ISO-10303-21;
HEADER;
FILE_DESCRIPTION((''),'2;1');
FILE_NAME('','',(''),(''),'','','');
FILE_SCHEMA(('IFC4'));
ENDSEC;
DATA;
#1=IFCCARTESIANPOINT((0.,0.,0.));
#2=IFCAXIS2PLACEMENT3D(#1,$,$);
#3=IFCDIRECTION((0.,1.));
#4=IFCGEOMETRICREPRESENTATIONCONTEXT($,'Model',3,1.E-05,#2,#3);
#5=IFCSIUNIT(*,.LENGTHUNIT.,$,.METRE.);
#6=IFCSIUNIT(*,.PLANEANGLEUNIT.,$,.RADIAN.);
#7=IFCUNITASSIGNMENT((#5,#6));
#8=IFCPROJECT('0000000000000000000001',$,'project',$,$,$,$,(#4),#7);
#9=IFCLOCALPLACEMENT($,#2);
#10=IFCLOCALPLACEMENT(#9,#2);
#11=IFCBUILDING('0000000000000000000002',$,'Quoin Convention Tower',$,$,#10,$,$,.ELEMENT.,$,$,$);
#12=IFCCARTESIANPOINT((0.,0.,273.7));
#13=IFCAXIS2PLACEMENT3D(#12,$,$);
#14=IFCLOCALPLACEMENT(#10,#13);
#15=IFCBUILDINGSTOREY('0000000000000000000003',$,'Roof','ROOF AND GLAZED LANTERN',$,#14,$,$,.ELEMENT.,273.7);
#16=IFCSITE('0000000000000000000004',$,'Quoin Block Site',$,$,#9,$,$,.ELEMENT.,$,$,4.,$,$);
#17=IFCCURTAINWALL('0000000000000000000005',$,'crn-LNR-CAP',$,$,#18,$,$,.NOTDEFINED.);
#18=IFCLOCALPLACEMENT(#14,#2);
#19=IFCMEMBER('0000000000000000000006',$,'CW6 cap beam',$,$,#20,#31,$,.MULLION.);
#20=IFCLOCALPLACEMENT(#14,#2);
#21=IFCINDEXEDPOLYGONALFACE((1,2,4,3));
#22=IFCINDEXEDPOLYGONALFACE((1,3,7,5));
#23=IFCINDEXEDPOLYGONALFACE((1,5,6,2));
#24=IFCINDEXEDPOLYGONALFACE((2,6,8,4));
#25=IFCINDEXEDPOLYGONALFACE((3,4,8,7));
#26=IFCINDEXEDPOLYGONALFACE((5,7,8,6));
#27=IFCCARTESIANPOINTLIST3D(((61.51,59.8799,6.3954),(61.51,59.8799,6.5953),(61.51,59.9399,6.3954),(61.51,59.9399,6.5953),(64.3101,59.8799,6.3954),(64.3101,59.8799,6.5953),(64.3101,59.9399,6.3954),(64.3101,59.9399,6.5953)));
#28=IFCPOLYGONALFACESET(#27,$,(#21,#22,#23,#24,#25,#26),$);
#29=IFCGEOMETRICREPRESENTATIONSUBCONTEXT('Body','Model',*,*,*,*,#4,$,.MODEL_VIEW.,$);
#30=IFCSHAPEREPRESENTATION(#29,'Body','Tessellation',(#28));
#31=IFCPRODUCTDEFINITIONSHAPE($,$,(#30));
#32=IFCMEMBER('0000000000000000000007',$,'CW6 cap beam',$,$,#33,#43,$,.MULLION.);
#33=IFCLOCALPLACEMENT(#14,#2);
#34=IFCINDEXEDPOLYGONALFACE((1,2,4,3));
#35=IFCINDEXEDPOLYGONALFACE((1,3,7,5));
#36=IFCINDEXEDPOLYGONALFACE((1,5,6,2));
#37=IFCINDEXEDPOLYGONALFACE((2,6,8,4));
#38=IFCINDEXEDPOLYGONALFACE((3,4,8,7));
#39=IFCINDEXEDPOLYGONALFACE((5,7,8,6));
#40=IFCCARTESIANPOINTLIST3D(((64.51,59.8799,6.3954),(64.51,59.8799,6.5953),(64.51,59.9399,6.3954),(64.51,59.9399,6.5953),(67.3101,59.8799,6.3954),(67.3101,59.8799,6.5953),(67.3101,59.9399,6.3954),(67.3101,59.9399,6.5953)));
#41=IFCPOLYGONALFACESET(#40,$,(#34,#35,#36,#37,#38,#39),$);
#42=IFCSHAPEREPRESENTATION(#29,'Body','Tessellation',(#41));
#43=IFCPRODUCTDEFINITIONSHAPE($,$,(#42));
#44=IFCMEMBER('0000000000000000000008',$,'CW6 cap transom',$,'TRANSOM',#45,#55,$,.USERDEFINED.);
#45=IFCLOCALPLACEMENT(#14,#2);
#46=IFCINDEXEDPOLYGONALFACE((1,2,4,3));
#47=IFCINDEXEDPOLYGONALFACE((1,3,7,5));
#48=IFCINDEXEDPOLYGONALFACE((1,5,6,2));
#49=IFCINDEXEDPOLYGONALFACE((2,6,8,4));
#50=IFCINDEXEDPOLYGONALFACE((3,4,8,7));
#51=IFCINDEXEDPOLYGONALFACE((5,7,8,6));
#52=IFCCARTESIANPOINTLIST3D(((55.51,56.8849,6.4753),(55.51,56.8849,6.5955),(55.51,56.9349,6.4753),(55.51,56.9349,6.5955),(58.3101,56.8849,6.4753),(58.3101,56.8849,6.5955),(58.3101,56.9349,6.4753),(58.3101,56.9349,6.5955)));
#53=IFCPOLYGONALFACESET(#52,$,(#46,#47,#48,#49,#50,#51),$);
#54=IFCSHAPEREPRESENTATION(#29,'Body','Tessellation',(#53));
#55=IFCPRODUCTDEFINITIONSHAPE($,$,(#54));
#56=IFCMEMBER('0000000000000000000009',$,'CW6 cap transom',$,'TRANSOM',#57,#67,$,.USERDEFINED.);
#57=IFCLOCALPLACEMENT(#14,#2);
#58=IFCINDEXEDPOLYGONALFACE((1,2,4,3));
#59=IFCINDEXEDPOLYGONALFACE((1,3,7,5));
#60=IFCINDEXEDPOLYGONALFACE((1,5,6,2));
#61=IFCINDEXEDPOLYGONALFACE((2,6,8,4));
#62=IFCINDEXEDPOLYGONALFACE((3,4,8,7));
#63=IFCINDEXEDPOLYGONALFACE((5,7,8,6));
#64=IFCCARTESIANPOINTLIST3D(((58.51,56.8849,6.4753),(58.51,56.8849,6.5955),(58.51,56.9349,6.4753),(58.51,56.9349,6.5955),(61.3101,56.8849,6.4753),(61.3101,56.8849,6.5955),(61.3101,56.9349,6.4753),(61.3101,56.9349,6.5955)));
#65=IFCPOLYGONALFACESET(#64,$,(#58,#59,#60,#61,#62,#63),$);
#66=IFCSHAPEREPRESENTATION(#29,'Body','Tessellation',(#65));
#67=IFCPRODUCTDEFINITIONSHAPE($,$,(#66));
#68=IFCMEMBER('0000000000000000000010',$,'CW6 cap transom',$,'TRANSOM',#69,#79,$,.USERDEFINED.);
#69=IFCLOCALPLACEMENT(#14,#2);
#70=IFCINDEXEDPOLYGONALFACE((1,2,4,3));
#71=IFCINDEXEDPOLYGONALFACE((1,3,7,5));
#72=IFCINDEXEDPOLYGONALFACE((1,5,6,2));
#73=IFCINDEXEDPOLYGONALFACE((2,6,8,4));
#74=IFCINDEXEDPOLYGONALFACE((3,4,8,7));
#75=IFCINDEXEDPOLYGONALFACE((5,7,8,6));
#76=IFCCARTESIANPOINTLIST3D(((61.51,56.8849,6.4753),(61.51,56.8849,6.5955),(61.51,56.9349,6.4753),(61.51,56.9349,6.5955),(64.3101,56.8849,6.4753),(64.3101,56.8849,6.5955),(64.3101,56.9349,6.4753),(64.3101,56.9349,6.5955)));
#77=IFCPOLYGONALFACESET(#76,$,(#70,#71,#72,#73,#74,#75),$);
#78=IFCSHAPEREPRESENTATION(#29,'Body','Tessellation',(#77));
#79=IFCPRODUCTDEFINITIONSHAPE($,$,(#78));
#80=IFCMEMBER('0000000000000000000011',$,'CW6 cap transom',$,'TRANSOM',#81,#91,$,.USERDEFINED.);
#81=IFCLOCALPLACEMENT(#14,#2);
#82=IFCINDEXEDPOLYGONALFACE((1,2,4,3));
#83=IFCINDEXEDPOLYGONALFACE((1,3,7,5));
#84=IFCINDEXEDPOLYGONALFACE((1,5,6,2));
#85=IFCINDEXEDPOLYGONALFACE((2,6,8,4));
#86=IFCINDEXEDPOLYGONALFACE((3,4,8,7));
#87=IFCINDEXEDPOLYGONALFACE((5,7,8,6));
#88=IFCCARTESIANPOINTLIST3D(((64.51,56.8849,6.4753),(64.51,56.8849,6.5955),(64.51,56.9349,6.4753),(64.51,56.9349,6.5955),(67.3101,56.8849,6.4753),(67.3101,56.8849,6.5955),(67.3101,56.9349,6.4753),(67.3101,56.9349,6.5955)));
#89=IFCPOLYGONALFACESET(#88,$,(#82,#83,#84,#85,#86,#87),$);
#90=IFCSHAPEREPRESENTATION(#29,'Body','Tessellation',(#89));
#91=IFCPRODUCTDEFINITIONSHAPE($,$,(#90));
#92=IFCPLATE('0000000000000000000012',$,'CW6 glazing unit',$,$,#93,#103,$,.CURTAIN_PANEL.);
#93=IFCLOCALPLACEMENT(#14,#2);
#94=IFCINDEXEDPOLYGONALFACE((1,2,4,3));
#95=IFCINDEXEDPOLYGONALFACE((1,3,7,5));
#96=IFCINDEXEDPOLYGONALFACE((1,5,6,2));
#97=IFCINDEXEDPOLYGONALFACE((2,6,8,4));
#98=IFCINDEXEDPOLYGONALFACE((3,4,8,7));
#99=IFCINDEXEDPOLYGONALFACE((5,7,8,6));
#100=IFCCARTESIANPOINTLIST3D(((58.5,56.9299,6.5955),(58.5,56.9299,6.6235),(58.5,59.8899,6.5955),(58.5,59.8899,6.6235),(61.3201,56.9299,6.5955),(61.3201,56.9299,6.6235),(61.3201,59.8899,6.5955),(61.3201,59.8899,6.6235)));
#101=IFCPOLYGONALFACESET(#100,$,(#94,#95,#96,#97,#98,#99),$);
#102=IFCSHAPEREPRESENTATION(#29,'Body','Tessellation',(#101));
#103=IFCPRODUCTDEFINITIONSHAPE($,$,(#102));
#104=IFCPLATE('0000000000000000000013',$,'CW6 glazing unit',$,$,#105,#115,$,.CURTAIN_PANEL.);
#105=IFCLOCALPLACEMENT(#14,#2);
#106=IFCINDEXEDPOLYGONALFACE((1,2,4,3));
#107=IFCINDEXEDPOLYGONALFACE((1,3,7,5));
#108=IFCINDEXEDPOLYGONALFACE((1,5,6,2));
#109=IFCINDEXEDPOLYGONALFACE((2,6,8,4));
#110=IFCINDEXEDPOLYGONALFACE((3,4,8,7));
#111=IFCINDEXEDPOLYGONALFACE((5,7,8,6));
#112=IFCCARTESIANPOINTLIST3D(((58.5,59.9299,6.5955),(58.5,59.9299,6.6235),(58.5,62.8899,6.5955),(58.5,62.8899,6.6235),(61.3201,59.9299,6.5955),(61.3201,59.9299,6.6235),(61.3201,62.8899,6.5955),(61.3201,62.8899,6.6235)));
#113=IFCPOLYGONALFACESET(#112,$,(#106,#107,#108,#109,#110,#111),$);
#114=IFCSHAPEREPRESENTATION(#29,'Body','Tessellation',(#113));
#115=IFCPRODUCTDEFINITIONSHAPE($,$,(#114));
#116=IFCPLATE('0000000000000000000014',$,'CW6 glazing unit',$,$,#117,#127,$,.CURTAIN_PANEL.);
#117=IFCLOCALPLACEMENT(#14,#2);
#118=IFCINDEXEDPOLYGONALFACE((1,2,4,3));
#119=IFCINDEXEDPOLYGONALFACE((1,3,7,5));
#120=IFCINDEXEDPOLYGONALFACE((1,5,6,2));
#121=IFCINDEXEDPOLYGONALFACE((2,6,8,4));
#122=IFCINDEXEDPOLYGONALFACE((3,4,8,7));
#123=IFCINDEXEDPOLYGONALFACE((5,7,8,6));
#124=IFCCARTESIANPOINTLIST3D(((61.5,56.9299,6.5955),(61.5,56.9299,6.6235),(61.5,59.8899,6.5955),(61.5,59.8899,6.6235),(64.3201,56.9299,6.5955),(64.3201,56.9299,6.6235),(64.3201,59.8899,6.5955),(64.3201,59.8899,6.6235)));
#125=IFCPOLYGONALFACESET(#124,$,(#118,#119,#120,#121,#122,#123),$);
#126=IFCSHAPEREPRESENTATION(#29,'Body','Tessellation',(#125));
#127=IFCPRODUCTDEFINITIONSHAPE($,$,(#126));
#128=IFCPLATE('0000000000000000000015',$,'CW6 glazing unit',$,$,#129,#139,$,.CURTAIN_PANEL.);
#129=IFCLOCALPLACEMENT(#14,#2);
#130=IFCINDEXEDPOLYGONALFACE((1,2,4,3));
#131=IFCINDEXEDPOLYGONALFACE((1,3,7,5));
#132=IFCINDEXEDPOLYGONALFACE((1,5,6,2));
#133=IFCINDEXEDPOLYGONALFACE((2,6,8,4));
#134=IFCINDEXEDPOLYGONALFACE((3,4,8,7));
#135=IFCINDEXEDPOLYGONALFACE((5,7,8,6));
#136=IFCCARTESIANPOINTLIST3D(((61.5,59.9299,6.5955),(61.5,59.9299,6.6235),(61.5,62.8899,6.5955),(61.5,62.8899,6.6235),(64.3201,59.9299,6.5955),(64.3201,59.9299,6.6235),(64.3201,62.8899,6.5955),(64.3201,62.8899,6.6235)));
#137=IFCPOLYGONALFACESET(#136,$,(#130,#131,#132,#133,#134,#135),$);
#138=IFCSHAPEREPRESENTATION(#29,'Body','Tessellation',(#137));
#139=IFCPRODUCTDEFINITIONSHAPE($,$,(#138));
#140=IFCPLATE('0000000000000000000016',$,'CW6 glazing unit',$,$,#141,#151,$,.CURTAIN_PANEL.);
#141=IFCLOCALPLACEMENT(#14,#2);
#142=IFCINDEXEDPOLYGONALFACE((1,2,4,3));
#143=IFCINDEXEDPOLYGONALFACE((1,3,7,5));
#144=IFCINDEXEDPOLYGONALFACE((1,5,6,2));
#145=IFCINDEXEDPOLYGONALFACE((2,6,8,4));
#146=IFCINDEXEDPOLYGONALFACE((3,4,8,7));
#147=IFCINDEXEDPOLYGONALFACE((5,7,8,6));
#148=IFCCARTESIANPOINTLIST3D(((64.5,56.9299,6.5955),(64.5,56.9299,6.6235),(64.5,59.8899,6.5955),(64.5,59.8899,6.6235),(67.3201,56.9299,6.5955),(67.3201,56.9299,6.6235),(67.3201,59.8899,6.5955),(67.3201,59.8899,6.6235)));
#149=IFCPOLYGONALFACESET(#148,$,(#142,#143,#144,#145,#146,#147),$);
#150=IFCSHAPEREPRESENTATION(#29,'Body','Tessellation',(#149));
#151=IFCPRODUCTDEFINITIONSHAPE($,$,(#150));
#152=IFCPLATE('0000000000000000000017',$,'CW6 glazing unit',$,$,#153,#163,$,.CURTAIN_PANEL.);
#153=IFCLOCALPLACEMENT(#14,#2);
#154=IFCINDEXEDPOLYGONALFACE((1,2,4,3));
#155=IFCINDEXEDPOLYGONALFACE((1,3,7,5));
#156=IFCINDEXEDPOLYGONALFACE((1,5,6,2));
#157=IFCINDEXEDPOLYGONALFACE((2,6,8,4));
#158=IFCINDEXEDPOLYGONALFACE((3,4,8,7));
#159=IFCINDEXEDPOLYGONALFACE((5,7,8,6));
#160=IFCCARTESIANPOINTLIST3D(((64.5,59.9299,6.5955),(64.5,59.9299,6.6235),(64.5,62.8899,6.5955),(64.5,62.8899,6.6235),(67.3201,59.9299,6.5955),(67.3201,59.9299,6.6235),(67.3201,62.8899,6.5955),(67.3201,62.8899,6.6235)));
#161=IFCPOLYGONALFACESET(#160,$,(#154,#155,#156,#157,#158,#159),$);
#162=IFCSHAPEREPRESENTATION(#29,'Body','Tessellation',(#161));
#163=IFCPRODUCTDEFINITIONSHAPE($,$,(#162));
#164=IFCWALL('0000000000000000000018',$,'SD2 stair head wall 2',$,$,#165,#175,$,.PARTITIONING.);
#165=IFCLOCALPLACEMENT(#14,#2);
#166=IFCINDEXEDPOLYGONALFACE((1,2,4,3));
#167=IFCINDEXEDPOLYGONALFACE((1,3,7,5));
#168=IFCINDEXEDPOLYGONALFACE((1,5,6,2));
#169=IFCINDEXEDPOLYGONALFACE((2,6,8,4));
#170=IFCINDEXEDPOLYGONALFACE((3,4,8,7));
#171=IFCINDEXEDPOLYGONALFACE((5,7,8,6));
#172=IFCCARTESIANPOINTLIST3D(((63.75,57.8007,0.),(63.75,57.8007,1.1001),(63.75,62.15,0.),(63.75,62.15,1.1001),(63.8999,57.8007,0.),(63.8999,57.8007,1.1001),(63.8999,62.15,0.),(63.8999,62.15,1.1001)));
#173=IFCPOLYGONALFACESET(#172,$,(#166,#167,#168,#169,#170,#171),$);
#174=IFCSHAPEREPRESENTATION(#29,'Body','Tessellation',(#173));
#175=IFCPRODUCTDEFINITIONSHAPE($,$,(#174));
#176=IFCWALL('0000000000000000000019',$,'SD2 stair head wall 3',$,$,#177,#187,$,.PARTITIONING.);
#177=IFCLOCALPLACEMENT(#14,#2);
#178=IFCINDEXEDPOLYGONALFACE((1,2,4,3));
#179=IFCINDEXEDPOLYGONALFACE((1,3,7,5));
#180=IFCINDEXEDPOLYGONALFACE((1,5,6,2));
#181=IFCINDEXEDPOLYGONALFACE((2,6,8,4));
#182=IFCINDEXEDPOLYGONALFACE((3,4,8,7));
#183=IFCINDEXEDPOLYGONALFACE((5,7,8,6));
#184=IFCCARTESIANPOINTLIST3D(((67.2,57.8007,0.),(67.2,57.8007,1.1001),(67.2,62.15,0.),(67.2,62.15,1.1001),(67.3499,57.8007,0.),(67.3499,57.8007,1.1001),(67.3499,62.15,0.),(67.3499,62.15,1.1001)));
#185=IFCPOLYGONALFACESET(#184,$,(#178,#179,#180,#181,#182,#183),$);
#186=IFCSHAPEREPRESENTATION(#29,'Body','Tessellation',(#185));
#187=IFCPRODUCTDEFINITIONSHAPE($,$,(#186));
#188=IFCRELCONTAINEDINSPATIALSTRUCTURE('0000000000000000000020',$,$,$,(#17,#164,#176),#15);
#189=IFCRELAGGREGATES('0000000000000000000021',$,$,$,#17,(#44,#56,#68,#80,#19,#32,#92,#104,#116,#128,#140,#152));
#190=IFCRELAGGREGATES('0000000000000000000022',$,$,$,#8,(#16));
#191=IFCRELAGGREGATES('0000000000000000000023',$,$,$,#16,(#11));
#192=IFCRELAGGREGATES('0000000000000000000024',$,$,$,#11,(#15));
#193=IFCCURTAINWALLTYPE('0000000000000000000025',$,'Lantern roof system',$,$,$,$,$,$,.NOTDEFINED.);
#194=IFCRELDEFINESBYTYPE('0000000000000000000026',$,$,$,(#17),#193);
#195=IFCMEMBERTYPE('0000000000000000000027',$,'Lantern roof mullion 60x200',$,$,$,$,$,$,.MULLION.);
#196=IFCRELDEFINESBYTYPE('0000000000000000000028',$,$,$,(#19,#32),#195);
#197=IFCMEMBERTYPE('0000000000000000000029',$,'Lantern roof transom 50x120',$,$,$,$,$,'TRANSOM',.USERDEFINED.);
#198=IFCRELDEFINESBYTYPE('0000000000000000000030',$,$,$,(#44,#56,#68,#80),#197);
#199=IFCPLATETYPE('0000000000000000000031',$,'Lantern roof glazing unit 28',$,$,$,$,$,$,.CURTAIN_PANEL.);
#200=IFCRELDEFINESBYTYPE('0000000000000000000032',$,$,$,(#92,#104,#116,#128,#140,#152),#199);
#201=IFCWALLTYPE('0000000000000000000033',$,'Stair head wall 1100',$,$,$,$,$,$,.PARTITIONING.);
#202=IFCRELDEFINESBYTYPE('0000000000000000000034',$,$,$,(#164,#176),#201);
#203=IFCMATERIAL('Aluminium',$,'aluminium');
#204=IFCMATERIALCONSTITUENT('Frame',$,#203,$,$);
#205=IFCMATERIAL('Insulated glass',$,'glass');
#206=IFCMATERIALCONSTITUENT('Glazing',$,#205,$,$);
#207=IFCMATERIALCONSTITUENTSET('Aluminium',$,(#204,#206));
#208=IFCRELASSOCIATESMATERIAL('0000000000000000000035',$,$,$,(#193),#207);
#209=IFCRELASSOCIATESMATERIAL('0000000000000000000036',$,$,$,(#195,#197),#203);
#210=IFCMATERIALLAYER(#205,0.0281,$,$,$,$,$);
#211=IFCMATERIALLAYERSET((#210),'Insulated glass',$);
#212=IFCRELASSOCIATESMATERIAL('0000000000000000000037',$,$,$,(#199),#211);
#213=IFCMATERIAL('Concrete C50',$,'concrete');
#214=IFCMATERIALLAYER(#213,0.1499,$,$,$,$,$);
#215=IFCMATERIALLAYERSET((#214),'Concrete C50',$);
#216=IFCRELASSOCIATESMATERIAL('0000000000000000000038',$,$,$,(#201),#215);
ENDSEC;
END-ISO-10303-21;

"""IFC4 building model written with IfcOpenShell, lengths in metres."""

from ifc_helpers import new_model, si_unit, direction, frame, frame_2d, origin, origin_2d, place, context, subcontext, project, spatial, polyline, rectangle, outline, extrude, material, layer, layer_set, constituent, constituent_set, material_profile, profile_set, type_object, element, aggregate, save


model = new_model("IFC4")

# Units and contexts
model_context = context("Model", 3, precision=1e-05, world=origin(), true_north=direction((0.0, 1.0)))
body_context = subcontext(model_context, "Body", "Model", "MODEL_VIEW")
ifc_project = project(units=[si_unit("LENGTHUNIT", "METRE"), si_unit("PLANEANGLEUNIT", "RADIAN")], contexts=[model_context])

# Site, building, storey
site_placement = place(None, origin())
site = spatial("IfcSite", under=ifc_project, at=site_placement, Name="Quoin Block Site", CompositionType="ELEMENT", RefElevation=4.0)
building_placement = place(site_placement, origin())
building = spatial("IfcBuilding", under=site, at=building_placement, Name="Quoin Convention Tower", CompositionType="ELEMENT")
storey_placement = place(building_placement, frame((0.0, 0.0, 273.7)))
storey = spatial("IfcBuildingStorey", under=building, at=storey_placement, Name="Roof", Description="ROOF AND GLAZED LANTERN", CompositionType="ELEMENT", Elevation=273.7)

# Curtain wall, members, plates
ifc_material_1 = material(Name="Aluminium", Category="aluminium")
ifc_constituent_1 = constituent(ifc_material_1, Name="Frame")
ifc_material_2 = material(Name="Insulated glass", Category="glass")
ifc_constituent_2 = constituent(ifc_material_2, Name="Glazing")
ifc_constituent_set = constituent_set(constituents=[ifc_constituent_1, ifc_constituent_2], Name="Aluminium")
curtain_wall_type = type_object("IfcCurtainWallType", Name="Lantern roof system", PredefinedType="NOTDEFINED", material=ifc_constituent_set)
curtain_wall_placement = place(storey_placement, origin())
curtain_wall = element("IfcCurtainWall", 1, at=curtain_wall_placement, inside=storey, type_object=curtain_wall_type, Name="crn-LNR-CAP", PredefinedType="NOTDEFINED")
ifc_material_profile_1 = material_profile(ifc_material_1, rectangle(XDim=0.2, YDim=0.0601, at=origin_2d()), Name="Lantern roof mullion 60x200")
ifc_profile_set_1 = profile_set([ifc_material_profile_1], Name="Aluminium")
member_type_1 = type_object("IfcMemberType", Name="Lantern roof mullion 60x200", PredefinedType="MULLION", material=ifc_profile_set_1)
member_1_placement = place(storey_placement, frame((61.51, 59.9099, 6.4954), z_axis=(1.0, 0.0, 0.0), x_axis=(0.0, 0.0, 1.0)))
member_1 = element("IfcMember", 2, at=member_1_placement, type_object=member_type_1, Name="CW6 cap beam", PredefinedType="MULLION", context=body_context, shape_type="SweptSolid", body=[
    extrude(rectangle(XDim=0.2, YDim=0.0601, at=origin_2d()), origin(), (0.0, 0.0, 1.0), 2.8),
])
member_2_placement = place(storey_placement, frame((64.51, 59.9099, 6.4954), z_axis=(1.0, 0.0, 0.0), x_axis=(0.0, 0.0, 1.0)))
member_2 = element("IfcMember", 3, at=member_2_placement, type_object=member_type_1, Name="CW6 cap beam", PredefinedType="MULLION", context=body_context, shape_type="SweptSolid", body=[
    extrude(rectangle(XDim=0.2, YDim=0.0601, at=origin_2d()), origin(), (0.0, 0.0, 1.0), 2.8),
])
ifc_material_profile_2 = material_profile(ifc_material_1, rectangle(XDim=0.1201, YDim=0.05, at=origin_2d()), Name="Lantern roof transom 50x120")
ifc_profile_set_2 = profile_set([ifc_material_profile_2], Name="Aluminium")
member_type_2 = type_object("IfcMemberType", Name="Lantern roof transom 50x120", ElementType="TRANSOM", PredefinedType="USERDEFINED", material=ifc_profile_set_2)
member_3_placement = place(storey_placement, frame((55.51, 56.9099, 6.5354), z_axis=(1.0, 0.0, 0.0), x_axis=(0.0, 0.0, 1.0)))
member_3 = element("IfcMember", 4, at=member_3_placement, type_object=member_type_2, Name="CW6 cap transom", ObjectType="TRANSOM", PredefinedType="USERDEFINED", context=body_context, shape_type="SweptSolid", body=[
    extrude(rectangle(XDim=0.1201, YDim=0.05, at=origin_2d()), origin(), (0.0, 0.0, 1.0), 2.8),
])
member_4_placement = place(storey_placement, frame((58.51, 56.9099, 6.5354), z_axis=(1.0, 0.0, 0.0), x_axis=(0.0, 0.0, 1.0)))
member_4 = element("IfcMember", 5, at=member_4_placement, type_object=member_type_2, Name="CW6 cap transom", ObjectType="TRANSOM", PredefinedType="USERDEFINED", context=body_context, shape_type="SweptSolid", body=[
    extrude(rectangle(XDim=0.1201, YDim=0.05, at=origin_2d()), origin(), (0.0, 0.0, 1.0), 2.8),
])
member_5_placement = place(storey_placement, frame((61.51, 56.9099, 6.5354), z_axis=(1.0, 0.0, 0.0), x_axis=(0.0, 0.0, 1.0)))
member_5 = element("IfcMember", 6, at=member_5_placement, type_object=member_type_2, Name="CW6 cap transom", ObjectType="TRANSOM", PredefinedType="USERDEFINED", context=body_context, shape_type="SweptSolid", body=[
    extrude(rectangle(XDim=0.1201, YDim=0.05, at=origin_2d()), origin(), (0.0, 0.0, 1.0), 2.8),
])
member_6_placement = place(storey_placement, frame((64.51, 56.9099, 6.5354), z_axis=(1.0, 0.0, 0.0), x_axis=(0.0, 0.0, 1.0)))
member_6 = element("IfcMember", 7, at=member_6_placement, type_object=member_type_2, Name="CW6 cap transom", ObjectType="TRANSOM", PredefinedType="USERDEFINED", context=body_context, shape_type="SweptSolid", body=[
    extrude(rectangle(XDim=0.1201, YDim=0.05, at=origin_2d()), origin(), (0.0, 0.0, 1.0), 2.8),
])
ifc_layer_1 = layer(ifc_material_2, 0.0281)
ifc_layer_set_1 = layer_set([ifc_layer_1], Name="Insulated glass")
plate_type = type_object("IfcPlateType", Name="Lantern roof glazing unit 28", PredefinedType="CURTAIN_PANEL", material=ifc_layer_set_1)
plate_1_placement = place(storey_placement, frame((58.5, 56.9299, 6.6235), z_axis=(0.0, 0.0, 1.0), x_axis=(0.0, 1.0, 0.0)))
plate_1 = element("IfcPlate", 8, at=plate_1_placement, type_object=plate_type, Name="CW6 glazing unit", PredefinedType="CURTAIN_PANEL", context=body_context, shape_type="SweptSolid", body=[
    extrude(outline(polyline([(0.0, 0.0), (2.96, 0.0), (2.96, -2.8201), (0.0, -2.8201), (0.0, 0.0)])), origin(), (0.0, 0.0, -1.0), 0.0281),
])
plate_2_placement = place(storey_placement, frame((58.5, 59.9299, 6.6235), z_axis=(0.0, 0.0, 1.0), x_axis=(0.0, 1.0, 0.0)))
plate_2 = element("IfcPlate", 9, at=plate_2_placement, type_object=plate_type, Name="CW6 glazing unit", PredefinedType="CURTAIN_PANEL", context=body_context, shape_type="SweptSolid", body=[
    extrude(outline(polyline([(0.0, 0.0), (2.96, 0.0), (2.96, -2.8201), (0.0, -2.8201), (0.0, 0.0)])), origin(), (0.0, 0.0, -1.0), 0.0281),
])
plate_3_placement = place(storey_placement, frame((61.5, 56.9299, 6.6235), z_axis=(0.0, 0.0, 1.0), x_axis=(0.0, 1.0, 0.0)))
plate_3 = element("IfcPlate", 10, at=plate_3_placement, type_object=plate_type, Name="CW6 glazing unit", PredefinedType="CURTAIN_PANEL", context=body_context, shape_type="SweptSolid", body=[
    extrude(outline(polyline([(0.0, 0.0), (2.96, 0.0), (2.96, -2.8201), (0.0, -2.8201), (0.0, 0.0)])), origin(), (0.0, 0.0, -1.0), 0.0281),
])
plate_4_placement = place(storey_placement, frame((61.5, 59.9299, 6.6235), z_axis=(0.0, 0.0, 1.0), x_axis=(0.0, 1.0, 0.0)))
plate_4 = element("IfcPlate", 11, at=plate_4_placement, type_object=plate_type, Name="CW6 glazing unit", PredefinedType="CURTAIN_PANEL", context=body_context, shape_type="SweptSolid", body=[
    extrude(outline(polyline([(0.0, 0.0), (2.96, 0.0), (2.96, -2.8201), (0.0, -2.8201), (0.0, 0.0)])), origin(), (0.0, 0.0, -1.0), 0.0281),
])
plate_5_placement = place(storey_placement, frame((64.5, 56.9299, 6.6235), z_axis=(0.0, 0.0, 1.0), x_axis=(0.0, 1.0, 0.0)))
plate_5 = element("IfcPlate", 12, at=plate_5_placement, type_object=plate_type, Name="CW6 glazing unit", PredefinedType="CURTAIN_PANEL", context=body_context, shape_type="SweptSolid", body=[
    extrude(outline(polyline([(0.0, 0.0), (2.96, 0.0), (2.96, -2.8201), (0.0, -2.8201), (0.0, 0.0)])), origin(), (0.0, 0.0, -1.0), 0.0281),
])
plate_6_placement = place(storey_placement, frame((64.5, 59.9299, 6.6235), z_axis=(0.0, 0.0, 1.0), x_axis=(0.0, 1.0, 0.0)))
plate_6 = element("IfcPlate", 13, at=plate_6_placement, type_object=plate_type, Name="CW6 glazing unit", PredefinedType="CURTAIN_PANEL", context=body_context, shape_type="SweptSolid", body=[
    extrude(outline(polyline([(0.0, 0.0), (2.96, 0.0), (2.96, -2.8201), (0.0, -2.8201), (0.0, 0.0)])), origin(), (0.0, 0.0, -1.0), 0.0281),
])
aggregate(curtain_wall, [member_3, member_4, member_5, member_6, member_1, member_2, plate_1, plate_2, plate_3, plate_4, plate_5, plate_6])

# Walls
ifc_material_3 = material(Name="Concrete C50", Category="concrete")
ifc_layer_2 = layer(ifc_material_3, 0.1499)
ifc_layer_set_2 = layer_set([ifc_layer_2], Name="Concrete C50")
wall_type = type_object("IfcWallType", Name="Stair head wall 1100", PredefinedType="PARTITIONING", material=ifc_layer_set_2)
for number, where, z_axis, x_axis, name in (
    (14, (63.825, 57.8005, 0.0), (0.0, 0.0, 1.0), (0.0, 1.0, 0.0), "SD2 stair head wall 2"),
    (15, (67.2749, 57.8005, 0.0), (0.0, 0.0, 1.0), (0.0, 1.0, 0.0), "SD2 stair head wall 3"),
):
    element("IfcWall", number, at=place(storey_placement, frame(where, z_axis=z_axis, x_axis=x_axis)), inside=storey, type_object=wall_type, Name=name, PredefinedType="PARTITIONING", context=body_context, shape_type="SweptSolid", body=[
        extrude(rectangle(XDim=4.3494, YDim=0.1499, at=frame_2d((2.1748, 0.0))), origin(), (0.0, 0.0, 1.0), 1.1001),
    ])

save(model, "model.ifc")
